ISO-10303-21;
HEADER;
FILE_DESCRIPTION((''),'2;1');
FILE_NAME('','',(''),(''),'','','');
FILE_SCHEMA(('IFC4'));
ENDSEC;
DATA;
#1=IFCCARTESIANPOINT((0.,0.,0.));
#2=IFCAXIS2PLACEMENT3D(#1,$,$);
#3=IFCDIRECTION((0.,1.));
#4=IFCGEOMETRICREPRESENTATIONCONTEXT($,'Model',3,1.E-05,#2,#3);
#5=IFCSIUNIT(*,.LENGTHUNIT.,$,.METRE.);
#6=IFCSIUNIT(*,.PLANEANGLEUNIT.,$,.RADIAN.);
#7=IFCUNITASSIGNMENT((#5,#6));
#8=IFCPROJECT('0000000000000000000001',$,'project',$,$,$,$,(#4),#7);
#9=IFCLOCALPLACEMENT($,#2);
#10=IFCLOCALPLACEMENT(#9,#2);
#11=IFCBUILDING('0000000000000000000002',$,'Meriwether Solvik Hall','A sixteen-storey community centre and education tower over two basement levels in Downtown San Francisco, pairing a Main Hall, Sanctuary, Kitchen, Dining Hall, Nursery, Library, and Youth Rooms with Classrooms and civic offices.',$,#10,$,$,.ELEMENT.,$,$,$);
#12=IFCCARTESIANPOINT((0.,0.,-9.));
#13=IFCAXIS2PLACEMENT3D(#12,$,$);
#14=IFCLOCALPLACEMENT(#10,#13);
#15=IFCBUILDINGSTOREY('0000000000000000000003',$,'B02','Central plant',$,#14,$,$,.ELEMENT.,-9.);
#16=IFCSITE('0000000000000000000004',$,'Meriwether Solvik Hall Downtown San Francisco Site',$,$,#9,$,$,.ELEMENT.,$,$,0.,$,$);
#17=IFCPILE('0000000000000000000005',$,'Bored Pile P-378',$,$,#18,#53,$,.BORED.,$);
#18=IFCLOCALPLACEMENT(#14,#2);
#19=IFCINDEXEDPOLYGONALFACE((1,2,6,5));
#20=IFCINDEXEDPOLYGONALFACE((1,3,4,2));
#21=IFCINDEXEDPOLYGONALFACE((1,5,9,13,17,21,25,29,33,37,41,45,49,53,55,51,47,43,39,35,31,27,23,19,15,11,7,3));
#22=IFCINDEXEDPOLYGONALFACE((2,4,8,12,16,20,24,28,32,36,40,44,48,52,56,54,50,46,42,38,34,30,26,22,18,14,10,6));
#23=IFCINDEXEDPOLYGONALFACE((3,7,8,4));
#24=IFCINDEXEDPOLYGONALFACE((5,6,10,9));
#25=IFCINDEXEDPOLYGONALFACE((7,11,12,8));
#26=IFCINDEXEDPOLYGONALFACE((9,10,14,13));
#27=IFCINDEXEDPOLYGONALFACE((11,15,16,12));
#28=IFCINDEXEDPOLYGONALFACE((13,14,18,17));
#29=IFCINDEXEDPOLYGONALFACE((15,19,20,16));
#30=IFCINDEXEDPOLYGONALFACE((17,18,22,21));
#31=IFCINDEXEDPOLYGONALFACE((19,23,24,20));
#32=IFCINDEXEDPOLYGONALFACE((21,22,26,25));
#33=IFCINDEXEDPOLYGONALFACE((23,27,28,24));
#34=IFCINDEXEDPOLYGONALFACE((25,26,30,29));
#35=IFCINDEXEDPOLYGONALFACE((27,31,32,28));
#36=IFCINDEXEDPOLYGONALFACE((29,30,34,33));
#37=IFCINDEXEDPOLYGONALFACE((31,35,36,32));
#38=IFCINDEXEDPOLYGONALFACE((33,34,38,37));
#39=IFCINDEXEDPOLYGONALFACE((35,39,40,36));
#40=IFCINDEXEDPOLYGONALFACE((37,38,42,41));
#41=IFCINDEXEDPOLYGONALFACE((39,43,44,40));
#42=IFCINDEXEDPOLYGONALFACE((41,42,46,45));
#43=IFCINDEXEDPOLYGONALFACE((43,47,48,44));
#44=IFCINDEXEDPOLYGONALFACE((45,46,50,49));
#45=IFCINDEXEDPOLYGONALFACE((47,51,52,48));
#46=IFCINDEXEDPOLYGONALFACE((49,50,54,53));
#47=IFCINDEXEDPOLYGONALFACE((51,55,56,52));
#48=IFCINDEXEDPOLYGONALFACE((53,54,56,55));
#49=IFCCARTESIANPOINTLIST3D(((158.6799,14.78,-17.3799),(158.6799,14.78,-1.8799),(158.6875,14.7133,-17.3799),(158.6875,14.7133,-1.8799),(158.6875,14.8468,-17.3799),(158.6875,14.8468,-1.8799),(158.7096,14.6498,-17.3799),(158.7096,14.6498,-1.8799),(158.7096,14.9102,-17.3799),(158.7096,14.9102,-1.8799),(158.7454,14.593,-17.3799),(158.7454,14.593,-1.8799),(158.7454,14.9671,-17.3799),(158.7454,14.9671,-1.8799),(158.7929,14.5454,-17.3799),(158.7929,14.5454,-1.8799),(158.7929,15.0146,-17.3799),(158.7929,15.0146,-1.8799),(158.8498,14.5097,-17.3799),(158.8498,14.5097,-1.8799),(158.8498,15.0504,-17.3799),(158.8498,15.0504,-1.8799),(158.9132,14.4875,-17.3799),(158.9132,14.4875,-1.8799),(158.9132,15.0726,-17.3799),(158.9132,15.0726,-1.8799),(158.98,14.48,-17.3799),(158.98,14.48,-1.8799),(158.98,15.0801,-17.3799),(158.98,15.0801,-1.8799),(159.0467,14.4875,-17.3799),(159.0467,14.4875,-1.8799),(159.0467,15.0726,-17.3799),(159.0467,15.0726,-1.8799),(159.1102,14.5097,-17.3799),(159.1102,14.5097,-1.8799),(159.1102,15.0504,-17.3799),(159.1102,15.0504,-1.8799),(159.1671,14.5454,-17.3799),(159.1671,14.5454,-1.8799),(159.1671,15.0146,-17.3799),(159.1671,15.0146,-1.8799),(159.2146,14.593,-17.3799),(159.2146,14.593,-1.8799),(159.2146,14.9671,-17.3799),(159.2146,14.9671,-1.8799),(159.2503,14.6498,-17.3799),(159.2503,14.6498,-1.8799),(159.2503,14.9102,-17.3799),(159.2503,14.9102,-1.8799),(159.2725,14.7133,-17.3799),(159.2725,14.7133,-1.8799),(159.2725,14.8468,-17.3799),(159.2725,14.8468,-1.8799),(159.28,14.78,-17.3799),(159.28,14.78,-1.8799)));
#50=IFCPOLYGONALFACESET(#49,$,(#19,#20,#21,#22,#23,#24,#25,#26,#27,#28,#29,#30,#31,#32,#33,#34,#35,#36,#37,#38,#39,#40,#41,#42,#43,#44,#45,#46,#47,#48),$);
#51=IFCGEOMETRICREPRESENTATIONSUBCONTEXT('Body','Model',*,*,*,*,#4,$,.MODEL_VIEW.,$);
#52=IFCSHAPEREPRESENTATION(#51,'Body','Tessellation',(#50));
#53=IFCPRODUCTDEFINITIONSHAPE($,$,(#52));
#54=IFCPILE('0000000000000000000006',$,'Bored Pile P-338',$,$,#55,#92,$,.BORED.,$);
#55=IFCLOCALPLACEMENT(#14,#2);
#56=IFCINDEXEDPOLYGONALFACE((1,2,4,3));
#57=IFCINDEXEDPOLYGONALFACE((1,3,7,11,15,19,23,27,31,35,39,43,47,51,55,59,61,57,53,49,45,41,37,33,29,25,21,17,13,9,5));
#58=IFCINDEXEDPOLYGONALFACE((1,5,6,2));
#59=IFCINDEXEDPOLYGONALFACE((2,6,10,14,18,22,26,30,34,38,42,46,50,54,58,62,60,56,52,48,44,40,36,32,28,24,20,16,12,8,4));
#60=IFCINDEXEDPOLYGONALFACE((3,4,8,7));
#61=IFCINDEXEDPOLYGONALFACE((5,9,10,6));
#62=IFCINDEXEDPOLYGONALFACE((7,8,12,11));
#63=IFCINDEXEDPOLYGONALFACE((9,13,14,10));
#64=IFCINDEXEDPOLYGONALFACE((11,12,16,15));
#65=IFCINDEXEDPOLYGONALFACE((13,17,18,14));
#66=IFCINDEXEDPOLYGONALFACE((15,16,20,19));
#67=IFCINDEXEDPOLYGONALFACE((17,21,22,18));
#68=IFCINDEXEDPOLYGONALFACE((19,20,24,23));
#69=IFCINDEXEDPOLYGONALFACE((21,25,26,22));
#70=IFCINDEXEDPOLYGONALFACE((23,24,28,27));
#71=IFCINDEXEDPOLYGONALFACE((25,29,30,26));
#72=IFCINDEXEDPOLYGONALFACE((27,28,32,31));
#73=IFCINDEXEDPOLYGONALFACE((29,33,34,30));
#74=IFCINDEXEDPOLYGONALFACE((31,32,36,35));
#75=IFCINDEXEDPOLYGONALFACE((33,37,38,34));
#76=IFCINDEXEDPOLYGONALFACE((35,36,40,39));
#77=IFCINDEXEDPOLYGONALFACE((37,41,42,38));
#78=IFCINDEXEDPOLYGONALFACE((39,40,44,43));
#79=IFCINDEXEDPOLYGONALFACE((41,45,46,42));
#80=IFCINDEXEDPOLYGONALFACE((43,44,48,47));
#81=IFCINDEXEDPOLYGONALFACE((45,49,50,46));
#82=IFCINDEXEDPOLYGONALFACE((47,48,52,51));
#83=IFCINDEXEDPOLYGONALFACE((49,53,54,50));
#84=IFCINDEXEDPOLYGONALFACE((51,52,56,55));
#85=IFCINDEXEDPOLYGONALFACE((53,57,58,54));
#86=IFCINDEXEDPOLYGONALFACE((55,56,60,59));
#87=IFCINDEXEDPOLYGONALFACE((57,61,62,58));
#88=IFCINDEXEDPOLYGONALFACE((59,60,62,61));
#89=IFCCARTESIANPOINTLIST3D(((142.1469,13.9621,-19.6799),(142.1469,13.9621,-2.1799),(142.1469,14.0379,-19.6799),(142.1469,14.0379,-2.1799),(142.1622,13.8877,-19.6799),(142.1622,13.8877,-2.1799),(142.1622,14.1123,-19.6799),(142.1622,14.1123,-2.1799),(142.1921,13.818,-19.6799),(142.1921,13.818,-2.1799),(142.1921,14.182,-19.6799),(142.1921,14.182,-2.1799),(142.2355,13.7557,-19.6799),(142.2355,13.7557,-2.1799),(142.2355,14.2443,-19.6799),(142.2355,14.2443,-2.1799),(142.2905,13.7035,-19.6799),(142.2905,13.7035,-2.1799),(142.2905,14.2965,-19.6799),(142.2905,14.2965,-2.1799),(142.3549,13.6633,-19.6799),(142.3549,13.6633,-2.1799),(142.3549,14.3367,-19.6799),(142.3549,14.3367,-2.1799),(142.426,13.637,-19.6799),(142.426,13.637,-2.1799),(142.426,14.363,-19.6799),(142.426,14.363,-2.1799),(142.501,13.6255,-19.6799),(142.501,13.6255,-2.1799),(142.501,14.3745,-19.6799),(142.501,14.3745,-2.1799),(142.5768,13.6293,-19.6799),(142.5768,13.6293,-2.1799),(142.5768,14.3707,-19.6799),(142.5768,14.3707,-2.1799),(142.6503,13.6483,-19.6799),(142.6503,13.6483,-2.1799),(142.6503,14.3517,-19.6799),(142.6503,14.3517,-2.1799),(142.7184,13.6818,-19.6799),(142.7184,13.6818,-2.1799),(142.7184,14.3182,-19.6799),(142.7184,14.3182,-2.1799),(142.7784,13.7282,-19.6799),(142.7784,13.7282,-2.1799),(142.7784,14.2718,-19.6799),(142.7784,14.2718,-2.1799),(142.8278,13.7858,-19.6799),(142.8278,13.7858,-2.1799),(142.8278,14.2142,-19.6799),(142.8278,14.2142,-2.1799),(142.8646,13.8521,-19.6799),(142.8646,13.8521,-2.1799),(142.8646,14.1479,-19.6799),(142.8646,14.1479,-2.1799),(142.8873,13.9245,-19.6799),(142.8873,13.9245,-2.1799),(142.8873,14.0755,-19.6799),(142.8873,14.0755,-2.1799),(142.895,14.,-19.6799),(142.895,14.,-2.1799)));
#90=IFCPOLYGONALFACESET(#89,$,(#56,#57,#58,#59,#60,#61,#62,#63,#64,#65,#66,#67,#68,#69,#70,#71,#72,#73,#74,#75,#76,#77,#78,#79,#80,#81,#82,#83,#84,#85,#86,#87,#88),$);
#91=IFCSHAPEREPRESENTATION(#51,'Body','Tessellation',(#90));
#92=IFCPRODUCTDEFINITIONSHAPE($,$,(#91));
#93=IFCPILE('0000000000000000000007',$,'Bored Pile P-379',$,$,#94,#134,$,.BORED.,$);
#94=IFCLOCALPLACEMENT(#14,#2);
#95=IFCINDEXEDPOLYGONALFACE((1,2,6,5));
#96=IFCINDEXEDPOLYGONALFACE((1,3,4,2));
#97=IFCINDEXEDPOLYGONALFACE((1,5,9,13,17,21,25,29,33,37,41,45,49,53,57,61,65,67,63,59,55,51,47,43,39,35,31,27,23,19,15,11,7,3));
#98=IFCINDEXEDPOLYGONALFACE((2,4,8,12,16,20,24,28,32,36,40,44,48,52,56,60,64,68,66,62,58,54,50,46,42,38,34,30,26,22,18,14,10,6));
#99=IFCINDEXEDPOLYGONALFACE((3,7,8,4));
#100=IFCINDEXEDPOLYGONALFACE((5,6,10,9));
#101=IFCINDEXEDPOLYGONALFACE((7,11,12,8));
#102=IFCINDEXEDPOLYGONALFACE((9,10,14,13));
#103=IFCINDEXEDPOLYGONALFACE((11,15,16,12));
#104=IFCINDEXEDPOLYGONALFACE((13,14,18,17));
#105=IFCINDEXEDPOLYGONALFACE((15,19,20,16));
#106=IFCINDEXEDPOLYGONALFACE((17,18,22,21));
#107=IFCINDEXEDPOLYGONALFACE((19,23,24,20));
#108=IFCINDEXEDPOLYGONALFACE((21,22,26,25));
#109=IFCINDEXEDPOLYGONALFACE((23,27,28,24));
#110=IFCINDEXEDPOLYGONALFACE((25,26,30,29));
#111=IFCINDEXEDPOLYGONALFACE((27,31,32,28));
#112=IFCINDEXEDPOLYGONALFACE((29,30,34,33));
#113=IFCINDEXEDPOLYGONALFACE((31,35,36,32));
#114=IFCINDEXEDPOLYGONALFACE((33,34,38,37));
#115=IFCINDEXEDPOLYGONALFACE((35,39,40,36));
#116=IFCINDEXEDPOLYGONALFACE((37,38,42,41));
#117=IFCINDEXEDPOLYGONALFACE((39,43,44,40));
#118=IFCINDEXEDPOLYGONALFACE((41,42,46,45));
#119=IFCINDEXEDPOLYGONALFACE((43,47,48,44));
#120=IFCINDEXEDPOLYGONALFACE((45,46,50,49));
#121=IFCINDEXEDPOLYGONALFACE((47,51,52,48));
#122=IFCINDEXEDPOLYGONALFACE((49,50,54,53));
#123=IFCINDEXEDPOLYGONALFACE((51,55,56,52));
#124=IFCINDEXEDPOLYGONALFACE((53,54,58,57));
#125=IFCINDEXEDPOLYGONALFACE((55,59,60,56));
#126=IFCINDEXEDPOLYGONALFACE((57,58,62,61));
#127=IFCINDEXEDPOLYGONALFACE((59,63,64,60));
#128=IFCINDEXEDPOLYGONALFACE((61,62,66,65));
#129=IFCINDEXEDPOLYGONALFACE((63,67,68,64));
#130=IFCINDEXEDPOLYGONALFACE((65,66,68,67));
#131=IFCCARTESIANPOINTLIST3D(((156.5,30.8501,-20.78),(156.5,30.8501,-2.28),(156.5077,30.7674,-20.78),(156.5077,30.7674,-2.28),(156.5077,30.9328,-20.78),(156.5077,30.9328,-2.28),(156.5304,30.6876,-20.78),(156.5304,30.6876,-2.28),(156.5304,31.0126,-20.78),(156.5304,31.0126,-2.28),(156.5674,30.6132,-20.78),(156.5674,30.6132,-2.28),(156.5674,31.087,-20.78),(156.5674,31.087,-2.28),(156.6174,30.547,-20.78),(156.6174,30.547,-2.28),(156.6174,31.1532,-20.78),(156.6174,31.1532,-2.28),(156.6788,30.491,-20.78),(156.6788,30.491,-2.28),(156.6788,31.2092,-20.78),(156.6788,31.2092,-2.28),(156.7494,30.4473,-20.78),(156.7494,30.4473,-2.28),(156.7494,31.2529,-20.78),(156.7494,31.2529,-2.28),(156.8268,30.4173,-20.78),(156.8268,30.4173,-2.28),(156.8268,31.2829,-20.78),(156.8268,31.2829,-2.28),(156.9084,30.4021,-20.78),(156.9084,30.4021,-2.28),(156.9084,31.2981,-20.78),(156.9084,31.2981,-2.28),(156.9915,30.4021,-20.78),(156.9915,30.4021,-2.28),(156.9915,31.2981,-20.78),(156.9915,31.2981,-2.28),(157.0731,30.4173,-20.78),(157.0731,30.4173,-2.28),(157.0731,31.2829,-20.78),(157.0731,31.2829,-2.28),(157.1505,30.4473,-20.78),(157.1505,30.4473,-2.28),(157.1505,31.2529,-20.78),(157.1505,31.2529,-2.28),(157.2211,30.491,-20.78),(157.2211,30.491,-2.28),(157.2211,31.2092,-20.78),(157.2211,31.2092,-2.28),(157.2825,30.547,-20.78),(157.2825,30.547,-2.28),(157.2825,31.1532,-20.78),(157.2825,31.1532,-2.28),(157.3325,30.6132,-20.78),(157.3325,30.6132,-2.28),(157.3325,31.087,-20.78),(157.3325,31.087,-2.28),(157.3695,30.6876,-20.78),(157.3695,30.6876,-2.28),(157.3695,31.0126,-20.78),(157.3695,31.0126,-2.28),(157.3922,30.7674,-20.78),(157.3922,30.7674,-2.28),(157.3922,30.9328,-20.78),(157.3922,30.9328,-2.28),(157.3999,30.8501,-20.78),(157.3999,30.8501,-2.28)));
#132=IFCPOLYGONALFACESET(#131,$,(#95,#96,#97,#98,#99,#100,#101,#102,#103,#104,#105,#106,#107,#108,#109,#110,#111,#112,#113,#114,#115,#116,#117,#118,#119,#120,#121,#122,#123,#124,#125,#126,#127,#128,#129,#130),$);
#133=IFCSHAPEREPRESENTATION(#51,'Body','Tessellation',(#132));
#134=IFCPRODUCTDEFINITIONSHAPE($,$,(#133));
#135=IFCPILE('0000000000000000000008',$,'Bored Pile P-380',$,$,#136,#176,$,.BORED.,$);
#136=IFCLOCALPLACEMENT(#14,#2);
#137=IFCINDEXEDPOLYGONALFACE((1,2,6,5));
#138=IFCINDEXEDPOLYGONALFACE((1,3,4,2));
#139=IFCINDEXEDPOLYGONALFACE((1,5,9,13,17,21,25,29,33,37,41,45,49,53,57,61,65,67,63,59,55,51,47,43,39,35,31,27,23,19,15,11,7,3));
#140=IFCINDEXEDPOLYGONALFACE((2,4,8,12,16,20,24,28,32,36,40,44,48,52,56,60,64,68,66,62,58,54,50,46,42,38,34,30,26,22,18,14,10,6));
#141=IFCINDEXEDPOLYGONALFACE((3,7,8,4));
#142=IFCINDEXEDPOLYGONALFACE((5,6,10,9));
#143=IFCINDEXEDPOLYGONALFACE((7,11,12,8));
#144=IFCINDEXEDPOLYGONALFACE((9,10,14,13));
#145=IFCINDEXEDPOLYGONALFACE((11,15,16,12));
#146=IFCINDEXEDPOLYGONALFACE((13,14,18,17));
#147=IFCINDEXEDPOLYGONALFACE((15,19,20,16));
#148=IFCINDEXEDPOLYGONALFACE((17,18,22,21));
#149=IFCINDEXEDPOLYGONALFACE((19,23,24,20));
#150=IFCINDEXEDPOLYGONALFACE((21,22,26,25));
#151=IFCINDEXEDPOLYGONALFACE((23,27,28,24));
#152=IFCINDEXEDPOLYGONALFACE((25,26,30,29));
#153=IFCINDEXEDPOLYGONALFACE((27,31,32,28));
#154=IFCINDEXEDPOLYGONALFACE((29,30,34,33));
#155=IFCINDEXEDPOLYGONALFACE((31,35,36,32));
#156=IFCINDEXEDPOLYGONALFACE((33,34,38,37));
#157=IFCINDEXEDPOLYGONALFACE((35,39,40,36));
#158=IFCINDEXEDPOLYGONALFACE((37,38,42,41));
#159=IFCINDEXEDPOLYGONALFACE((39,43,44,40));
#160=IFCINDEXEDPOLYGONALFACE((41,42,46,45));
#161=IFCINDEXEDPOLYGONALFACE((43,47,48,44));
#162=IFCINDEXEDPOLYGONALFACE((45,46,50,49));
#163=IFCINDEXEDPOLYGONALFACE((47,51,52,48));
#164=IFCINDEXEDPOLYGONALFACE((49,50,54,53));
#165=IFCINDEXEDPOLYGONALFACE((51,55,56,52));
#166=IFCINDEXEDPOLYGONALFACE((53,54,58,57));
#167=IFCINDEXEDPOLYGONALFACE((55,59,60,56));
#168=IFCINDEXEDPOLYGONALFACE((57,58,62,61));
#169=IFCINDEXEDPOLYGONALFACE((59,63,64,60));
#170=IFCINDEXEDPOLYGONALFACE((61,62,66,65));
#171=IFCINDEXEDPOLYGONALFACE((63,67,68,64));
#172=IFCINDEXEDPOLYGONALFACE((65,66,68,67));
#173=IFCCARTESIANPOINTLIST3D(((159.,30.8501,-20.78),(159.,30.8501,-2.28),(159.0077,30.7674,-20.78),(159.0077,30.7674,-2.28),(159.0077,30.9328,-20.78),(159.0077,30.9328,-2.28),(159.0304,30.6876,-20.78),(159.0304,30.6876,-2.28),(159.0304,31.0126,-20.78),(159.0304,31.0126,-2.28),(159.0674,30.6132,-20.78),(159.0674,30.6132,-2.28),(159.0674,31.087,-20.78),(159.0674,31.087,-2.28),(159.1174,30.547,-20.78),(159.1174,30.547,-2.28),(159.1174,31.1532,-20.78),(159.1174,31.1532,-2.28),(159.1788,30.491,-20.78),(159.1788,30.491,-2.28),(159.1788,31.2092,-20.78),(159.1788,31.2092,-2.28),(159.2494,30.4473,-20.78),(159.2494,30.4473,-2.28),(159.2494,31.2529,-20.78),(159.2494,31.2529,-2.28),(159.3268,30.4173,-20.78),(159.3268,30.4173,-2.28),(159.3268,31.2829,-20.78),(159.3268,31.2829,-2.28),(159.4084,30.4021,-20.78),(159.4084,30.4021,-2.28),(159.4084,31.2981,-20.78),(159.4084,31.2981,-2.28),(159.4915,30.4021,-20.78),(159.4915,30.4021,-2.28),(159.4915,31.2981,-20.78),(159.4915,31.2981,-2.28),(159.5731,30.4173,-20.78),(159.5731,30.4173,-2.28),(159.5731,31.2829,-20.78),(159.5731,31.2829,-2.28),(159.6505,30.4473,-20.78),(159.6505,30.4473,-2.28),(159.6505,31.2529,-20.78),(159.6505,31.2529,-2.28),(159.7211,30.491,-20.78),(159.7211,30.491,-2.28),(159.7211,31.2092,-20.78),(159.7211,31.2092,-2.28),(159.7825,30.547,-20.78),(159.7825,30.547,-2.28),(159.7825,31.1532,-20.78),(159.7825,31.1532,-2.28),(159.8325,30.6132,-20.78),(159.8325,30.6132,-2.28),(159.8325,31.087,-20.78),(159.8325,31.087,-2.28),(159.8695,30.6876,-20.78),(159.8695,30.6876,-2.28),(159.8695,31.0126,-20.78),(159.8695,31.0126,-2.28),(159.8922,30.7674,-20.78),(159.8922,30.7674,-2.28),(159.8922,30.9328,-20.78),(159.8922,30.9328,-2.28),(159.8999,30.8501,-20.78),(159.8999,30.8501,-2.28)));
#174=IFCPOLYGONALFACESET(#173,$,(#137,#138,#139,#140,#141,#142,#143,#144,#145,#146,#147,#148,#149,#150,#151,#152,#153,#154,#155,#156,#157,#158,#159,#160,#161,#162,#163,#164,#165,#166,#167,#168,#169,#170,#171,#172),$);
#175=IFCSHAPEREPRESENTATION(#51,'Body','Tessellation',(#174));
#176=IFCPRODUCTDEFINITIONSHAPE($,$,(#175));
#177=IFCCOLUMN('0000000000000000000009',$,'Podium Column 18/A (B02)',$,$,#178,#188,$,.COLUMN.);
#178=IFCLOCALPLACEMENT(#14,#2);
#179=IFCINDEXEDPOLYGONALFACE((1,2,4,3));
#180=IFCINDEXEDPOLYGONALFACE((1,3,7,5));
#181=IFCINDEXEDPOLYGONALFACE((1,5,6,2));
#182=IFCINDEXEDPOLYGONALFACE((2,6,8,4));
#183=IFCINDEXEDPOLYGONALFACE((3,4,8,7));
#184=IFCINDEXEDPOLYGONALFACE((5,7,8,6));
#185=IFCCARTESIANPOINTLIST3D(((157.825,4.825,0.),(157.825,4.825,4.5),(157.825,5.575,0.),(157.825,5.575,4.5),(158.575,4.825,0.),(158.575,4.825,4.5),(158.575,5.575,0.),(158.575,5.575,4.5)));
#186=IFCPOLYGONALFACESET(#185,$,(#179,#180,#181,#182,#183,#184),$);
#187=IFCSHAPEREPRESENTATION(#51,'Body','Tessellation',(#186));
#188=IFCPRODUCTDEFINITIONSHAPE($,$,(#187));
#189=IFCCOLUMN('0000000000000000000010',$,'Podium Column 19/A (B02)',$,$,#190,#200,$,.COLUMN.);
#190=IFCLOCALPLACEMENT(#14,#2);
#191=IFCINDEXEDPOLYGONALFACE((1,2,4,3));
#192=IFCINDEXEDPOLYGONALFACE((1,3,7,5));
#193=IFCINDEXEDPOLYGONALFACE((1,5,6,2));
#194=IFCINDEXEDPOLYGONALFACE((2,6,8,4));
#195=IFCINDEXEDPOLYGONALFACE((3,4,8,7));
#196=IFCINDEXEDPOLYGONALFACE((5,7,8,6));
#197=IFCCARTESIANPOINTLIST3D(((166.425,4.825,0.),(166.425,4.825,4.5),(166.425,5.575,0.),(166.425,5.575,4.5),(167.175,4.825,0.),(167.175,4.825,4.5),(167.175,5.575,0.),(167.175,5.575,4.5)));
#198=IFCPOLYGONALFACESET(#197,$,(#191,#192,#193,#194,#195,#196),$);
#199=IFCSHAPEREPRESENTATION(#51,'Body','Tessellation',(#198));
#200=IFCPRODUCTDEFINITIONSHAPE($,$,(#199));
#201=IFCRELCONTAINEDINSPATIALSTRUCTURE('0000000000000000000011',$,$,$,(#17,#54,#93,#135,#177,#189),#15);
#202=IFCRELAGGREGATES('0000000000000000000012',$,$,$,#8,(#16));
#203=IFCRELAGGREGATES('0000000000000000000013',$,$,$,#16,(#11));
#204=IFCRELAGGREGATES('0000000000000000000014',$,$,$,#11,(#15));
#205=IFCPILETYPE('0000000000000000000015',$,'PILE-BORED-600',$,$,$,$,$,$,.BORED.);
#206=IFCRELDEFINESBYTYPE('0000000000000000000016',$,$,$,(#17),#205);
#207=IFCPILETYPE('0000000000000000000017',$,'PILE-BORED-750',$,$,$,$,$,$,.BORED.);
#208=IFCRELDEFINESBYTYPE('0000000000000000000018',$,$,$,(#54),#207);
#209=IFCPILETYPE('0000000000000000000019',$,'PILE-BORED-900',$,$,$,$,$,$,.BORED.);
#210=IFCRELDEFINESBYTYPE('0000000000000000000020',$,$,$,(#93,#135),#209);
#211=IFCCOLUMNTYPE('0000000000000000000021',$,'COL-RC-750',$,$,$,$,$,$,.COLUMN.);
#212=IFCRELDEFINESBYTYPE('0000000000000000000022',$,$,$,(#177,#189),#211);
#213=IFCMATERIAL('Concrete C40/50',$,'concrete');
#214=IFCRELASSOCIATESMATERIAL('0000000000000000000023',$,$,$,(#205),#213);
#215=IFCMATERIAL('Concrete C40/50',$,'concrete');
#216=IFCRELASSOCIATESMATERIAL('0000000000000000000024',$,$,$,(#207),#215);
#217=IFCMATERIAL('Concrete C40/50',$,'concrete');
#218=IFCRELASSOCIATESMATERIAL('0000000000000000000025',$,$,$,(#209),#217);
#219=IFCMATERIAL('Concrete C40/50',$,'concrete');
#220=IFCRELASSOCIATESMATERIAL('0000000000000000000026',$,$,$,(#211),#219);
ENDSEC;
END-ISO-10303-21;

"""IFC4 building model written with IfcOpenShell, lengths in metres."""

from ifc_helpers import new_model, si_unit, direction, frame, origin, origin_2d, place, context, subcontext, project, spatial, rectangle, circle, extrude, material, material_profile, profile_set, type_object, element, save


model = new_model("IFC4")

# Units and contexts
model_context = context("Model", 3, precision=1e-05, world=origin(), true_north=direction((0.0, 1.0)))
body_context = subcontext(model_context, "Body", "Model", "MODEL_VIEW")
ifc_project = project(units=[si_unit("LENGTHUNIT", "METRE"), si_unit("PLANEANGLEUNIT", "RADIAN")], contexts=[model_context])

# Site, building, storey
site_placement = place(None, origin())
site = spatial("IfcSite", under=ifc_project, at=site_placement, Name="Meriwether Solvik Hall Downtown San Francisco Site", CompositionType="ELEMENT", RefElevation=0.0)
building_placement = place(site_placement, origin())
building = spatial("IfcBuilding", under=site, at=building_placement, Name="Meriwether Solvik Hall", Description="A sixteen-storey community centre and education tower over two basement levels in Downtown San Francisco, pairing a Main Hall, Sanctuary, Kitchen, Dining Hall, Nursery, Library, and Youth Rooms with Classrooms and civic offices.", CompositionType="ELEMENT")
storey_placement = place(building_placement, frame((0.0, 0.0, -9.0)))
storey = spatial("IfcBuildingStorey", under=building, at=storey_placement, Name="B02", Description="Central plant", CompositionType="ELEMENT", Elevation=-9.0)

# Piles
ifc_material_1 = material(Name="Concrete C40/50", Category="concrete")
ifc_material_profile_1 = material_profile(ifc_material_1, circle(Radius=0.3, at=origin_2d()), Name="PILE-D600")
ifc_profile_set_1 = profile_set([ifc_material_profile_1], Name="Concrete C40/50")
pile_type_1 = type_object("IfcPileType", Name="PILE-BORED-600", PredefinedType="BORED", material=ifc_profile_set_1)
for number, where, z_axis, x_axis, name in (
    (1, (158.98, 14.78, -1.8799), (0.0, 0.0, -1.0), (1.0, 0.0, 0.0), "Bored Pile P-378"),
):
    element("IfcPile", number, at=place(storey_placement, frame(where, z_axis=z_axis, x_axis=x_axis)), inside=storey, type_object=pile_type_1, Name=name, PredefinedType="BORED", context=body_context, shape_type="SweptSolid", body=[
        extrude(circle(Radius=0.3, at=origin_2d()), origin(), (0.0, 0.0, 1.0), 15.5),
    ])
ifc_material_2 = material(Name="Concrete C40/50", Category="concrete")
ifc_material_profile_2 = material_profile(ifc_material_2, circle(Radius=0.375, at=origin_2d()), Name="PILE-D750")
ifc_profile_set_2 = profile_set([ifc_material_profile_2], Name="Concrete C40/50")
pile_type_2 = type_object("IfcPileType", Name="PILE-BORED-750", PredefinedType="BORED", material=ifc_profile_set_2)
pile_1_placement = place(storey_placement, frame((142.52, 14.0, -2.1799), z_axis=(0.0, 0.0, -1.0), x_axis=(1.0, 0.0, 0.0)))
element("IfcPile", 2, at=pile_1_placement, inside=storey, type_object=pile_type_2, Name="Bored Pile P-338", PredefinedType="BORED", context=body_context, shape_type="SweptSolid", body=[
    extrude(circle(Radius=0.375, at=origin_2d()), origin(), (0.0, 0.0, 1.0), 17.5),
])
ifc_material_3 = material(Name="Concrete C40/50", Category="concrete")
ifc_material_profile_3 = material_profile(ifc_material_3, circle(Radius=0.45, at=origin_2d()), Name="PILE-D900")
ifc_profile_set_3 = profile_set([ifc_material_profile_3], Name="Concrete C40/50")
pile_type_3 = type_object("IfcPileType", Name="PILE-BORED-900", PredefinedType="BORED", material=ifc_profile_set_3)
for number, where, z_axis, x_axis, name in (
    (3, (156.95, 30.8501, -2.28), (0.0, 0.0, -1.0), (1.0, 0.0, 0.0), "Bored Pile P-379"),
    (4, (159.45, 30.8501, -2.28), (0.0, 0.0, -1.0), (1.0, 0.0, 0.0), "Bored Pile P-380"),
):
    element("IfcPile", number, at=place(storey_placement, frame(where, z_axis=z_axis, x_axis=x_axis)), inside=storey, type_object=pile_type_3, Name=name, PredefinedType="BORED", context=body_context, shape_type="SweptSolid", body=[
        extrude(circle(Radius=0.45, at=origin_2d()), origin(), (0.0, 0.0, 1.0), 18.5),
    ])

# Columns
ifc_material_4 = material(Name="Concrete C40/50", Category="concrete")
ifc_material_profile_4 = material_profile(ifc_material_4, rectangle(XDim=0.75, YDim=0.75, at=origin_2d()), Name="RCC-750X750")
ifc_profile_set_4 = profile_set([ifc_material_profile_4], Name="Concrete C40/50")
column_type_1 = type_object("IfcColumnType", Name="COL-RC-750", PredefinedType="COLUMN", material=ifc_profile_set_4)
for number, where, z_axis, x_axis, name in (
    (5, (158.2, 5.2, 0.0), (0.0, 0.0, 1.0), (1.0, 0.0, 0.0), "Podium Column 18/A (B02)"),
    (6, (166.8, 5.2, 0.0), (0.0, 0.0, 1.0), (1.0, 0.0, 0.0), "Podium Column 19/A (B02)"),
):
    element("IfcColumn", number, at=place(storey_placement, frame(where, z_axis=z_axis, x_axis=x_axis)), inside=storey, type_object=column_type_1, Name=name, PredefinedType="COLUMN", context=body_context, shape_type="SweptSolid", body=[
        extrude(rectangle(XDim=0.75, YDim=0.75, at=origin_2d()), origin(), (0.0, 0.0, 1.0), 4.5),
    ])

save(model, "model.ifc")
